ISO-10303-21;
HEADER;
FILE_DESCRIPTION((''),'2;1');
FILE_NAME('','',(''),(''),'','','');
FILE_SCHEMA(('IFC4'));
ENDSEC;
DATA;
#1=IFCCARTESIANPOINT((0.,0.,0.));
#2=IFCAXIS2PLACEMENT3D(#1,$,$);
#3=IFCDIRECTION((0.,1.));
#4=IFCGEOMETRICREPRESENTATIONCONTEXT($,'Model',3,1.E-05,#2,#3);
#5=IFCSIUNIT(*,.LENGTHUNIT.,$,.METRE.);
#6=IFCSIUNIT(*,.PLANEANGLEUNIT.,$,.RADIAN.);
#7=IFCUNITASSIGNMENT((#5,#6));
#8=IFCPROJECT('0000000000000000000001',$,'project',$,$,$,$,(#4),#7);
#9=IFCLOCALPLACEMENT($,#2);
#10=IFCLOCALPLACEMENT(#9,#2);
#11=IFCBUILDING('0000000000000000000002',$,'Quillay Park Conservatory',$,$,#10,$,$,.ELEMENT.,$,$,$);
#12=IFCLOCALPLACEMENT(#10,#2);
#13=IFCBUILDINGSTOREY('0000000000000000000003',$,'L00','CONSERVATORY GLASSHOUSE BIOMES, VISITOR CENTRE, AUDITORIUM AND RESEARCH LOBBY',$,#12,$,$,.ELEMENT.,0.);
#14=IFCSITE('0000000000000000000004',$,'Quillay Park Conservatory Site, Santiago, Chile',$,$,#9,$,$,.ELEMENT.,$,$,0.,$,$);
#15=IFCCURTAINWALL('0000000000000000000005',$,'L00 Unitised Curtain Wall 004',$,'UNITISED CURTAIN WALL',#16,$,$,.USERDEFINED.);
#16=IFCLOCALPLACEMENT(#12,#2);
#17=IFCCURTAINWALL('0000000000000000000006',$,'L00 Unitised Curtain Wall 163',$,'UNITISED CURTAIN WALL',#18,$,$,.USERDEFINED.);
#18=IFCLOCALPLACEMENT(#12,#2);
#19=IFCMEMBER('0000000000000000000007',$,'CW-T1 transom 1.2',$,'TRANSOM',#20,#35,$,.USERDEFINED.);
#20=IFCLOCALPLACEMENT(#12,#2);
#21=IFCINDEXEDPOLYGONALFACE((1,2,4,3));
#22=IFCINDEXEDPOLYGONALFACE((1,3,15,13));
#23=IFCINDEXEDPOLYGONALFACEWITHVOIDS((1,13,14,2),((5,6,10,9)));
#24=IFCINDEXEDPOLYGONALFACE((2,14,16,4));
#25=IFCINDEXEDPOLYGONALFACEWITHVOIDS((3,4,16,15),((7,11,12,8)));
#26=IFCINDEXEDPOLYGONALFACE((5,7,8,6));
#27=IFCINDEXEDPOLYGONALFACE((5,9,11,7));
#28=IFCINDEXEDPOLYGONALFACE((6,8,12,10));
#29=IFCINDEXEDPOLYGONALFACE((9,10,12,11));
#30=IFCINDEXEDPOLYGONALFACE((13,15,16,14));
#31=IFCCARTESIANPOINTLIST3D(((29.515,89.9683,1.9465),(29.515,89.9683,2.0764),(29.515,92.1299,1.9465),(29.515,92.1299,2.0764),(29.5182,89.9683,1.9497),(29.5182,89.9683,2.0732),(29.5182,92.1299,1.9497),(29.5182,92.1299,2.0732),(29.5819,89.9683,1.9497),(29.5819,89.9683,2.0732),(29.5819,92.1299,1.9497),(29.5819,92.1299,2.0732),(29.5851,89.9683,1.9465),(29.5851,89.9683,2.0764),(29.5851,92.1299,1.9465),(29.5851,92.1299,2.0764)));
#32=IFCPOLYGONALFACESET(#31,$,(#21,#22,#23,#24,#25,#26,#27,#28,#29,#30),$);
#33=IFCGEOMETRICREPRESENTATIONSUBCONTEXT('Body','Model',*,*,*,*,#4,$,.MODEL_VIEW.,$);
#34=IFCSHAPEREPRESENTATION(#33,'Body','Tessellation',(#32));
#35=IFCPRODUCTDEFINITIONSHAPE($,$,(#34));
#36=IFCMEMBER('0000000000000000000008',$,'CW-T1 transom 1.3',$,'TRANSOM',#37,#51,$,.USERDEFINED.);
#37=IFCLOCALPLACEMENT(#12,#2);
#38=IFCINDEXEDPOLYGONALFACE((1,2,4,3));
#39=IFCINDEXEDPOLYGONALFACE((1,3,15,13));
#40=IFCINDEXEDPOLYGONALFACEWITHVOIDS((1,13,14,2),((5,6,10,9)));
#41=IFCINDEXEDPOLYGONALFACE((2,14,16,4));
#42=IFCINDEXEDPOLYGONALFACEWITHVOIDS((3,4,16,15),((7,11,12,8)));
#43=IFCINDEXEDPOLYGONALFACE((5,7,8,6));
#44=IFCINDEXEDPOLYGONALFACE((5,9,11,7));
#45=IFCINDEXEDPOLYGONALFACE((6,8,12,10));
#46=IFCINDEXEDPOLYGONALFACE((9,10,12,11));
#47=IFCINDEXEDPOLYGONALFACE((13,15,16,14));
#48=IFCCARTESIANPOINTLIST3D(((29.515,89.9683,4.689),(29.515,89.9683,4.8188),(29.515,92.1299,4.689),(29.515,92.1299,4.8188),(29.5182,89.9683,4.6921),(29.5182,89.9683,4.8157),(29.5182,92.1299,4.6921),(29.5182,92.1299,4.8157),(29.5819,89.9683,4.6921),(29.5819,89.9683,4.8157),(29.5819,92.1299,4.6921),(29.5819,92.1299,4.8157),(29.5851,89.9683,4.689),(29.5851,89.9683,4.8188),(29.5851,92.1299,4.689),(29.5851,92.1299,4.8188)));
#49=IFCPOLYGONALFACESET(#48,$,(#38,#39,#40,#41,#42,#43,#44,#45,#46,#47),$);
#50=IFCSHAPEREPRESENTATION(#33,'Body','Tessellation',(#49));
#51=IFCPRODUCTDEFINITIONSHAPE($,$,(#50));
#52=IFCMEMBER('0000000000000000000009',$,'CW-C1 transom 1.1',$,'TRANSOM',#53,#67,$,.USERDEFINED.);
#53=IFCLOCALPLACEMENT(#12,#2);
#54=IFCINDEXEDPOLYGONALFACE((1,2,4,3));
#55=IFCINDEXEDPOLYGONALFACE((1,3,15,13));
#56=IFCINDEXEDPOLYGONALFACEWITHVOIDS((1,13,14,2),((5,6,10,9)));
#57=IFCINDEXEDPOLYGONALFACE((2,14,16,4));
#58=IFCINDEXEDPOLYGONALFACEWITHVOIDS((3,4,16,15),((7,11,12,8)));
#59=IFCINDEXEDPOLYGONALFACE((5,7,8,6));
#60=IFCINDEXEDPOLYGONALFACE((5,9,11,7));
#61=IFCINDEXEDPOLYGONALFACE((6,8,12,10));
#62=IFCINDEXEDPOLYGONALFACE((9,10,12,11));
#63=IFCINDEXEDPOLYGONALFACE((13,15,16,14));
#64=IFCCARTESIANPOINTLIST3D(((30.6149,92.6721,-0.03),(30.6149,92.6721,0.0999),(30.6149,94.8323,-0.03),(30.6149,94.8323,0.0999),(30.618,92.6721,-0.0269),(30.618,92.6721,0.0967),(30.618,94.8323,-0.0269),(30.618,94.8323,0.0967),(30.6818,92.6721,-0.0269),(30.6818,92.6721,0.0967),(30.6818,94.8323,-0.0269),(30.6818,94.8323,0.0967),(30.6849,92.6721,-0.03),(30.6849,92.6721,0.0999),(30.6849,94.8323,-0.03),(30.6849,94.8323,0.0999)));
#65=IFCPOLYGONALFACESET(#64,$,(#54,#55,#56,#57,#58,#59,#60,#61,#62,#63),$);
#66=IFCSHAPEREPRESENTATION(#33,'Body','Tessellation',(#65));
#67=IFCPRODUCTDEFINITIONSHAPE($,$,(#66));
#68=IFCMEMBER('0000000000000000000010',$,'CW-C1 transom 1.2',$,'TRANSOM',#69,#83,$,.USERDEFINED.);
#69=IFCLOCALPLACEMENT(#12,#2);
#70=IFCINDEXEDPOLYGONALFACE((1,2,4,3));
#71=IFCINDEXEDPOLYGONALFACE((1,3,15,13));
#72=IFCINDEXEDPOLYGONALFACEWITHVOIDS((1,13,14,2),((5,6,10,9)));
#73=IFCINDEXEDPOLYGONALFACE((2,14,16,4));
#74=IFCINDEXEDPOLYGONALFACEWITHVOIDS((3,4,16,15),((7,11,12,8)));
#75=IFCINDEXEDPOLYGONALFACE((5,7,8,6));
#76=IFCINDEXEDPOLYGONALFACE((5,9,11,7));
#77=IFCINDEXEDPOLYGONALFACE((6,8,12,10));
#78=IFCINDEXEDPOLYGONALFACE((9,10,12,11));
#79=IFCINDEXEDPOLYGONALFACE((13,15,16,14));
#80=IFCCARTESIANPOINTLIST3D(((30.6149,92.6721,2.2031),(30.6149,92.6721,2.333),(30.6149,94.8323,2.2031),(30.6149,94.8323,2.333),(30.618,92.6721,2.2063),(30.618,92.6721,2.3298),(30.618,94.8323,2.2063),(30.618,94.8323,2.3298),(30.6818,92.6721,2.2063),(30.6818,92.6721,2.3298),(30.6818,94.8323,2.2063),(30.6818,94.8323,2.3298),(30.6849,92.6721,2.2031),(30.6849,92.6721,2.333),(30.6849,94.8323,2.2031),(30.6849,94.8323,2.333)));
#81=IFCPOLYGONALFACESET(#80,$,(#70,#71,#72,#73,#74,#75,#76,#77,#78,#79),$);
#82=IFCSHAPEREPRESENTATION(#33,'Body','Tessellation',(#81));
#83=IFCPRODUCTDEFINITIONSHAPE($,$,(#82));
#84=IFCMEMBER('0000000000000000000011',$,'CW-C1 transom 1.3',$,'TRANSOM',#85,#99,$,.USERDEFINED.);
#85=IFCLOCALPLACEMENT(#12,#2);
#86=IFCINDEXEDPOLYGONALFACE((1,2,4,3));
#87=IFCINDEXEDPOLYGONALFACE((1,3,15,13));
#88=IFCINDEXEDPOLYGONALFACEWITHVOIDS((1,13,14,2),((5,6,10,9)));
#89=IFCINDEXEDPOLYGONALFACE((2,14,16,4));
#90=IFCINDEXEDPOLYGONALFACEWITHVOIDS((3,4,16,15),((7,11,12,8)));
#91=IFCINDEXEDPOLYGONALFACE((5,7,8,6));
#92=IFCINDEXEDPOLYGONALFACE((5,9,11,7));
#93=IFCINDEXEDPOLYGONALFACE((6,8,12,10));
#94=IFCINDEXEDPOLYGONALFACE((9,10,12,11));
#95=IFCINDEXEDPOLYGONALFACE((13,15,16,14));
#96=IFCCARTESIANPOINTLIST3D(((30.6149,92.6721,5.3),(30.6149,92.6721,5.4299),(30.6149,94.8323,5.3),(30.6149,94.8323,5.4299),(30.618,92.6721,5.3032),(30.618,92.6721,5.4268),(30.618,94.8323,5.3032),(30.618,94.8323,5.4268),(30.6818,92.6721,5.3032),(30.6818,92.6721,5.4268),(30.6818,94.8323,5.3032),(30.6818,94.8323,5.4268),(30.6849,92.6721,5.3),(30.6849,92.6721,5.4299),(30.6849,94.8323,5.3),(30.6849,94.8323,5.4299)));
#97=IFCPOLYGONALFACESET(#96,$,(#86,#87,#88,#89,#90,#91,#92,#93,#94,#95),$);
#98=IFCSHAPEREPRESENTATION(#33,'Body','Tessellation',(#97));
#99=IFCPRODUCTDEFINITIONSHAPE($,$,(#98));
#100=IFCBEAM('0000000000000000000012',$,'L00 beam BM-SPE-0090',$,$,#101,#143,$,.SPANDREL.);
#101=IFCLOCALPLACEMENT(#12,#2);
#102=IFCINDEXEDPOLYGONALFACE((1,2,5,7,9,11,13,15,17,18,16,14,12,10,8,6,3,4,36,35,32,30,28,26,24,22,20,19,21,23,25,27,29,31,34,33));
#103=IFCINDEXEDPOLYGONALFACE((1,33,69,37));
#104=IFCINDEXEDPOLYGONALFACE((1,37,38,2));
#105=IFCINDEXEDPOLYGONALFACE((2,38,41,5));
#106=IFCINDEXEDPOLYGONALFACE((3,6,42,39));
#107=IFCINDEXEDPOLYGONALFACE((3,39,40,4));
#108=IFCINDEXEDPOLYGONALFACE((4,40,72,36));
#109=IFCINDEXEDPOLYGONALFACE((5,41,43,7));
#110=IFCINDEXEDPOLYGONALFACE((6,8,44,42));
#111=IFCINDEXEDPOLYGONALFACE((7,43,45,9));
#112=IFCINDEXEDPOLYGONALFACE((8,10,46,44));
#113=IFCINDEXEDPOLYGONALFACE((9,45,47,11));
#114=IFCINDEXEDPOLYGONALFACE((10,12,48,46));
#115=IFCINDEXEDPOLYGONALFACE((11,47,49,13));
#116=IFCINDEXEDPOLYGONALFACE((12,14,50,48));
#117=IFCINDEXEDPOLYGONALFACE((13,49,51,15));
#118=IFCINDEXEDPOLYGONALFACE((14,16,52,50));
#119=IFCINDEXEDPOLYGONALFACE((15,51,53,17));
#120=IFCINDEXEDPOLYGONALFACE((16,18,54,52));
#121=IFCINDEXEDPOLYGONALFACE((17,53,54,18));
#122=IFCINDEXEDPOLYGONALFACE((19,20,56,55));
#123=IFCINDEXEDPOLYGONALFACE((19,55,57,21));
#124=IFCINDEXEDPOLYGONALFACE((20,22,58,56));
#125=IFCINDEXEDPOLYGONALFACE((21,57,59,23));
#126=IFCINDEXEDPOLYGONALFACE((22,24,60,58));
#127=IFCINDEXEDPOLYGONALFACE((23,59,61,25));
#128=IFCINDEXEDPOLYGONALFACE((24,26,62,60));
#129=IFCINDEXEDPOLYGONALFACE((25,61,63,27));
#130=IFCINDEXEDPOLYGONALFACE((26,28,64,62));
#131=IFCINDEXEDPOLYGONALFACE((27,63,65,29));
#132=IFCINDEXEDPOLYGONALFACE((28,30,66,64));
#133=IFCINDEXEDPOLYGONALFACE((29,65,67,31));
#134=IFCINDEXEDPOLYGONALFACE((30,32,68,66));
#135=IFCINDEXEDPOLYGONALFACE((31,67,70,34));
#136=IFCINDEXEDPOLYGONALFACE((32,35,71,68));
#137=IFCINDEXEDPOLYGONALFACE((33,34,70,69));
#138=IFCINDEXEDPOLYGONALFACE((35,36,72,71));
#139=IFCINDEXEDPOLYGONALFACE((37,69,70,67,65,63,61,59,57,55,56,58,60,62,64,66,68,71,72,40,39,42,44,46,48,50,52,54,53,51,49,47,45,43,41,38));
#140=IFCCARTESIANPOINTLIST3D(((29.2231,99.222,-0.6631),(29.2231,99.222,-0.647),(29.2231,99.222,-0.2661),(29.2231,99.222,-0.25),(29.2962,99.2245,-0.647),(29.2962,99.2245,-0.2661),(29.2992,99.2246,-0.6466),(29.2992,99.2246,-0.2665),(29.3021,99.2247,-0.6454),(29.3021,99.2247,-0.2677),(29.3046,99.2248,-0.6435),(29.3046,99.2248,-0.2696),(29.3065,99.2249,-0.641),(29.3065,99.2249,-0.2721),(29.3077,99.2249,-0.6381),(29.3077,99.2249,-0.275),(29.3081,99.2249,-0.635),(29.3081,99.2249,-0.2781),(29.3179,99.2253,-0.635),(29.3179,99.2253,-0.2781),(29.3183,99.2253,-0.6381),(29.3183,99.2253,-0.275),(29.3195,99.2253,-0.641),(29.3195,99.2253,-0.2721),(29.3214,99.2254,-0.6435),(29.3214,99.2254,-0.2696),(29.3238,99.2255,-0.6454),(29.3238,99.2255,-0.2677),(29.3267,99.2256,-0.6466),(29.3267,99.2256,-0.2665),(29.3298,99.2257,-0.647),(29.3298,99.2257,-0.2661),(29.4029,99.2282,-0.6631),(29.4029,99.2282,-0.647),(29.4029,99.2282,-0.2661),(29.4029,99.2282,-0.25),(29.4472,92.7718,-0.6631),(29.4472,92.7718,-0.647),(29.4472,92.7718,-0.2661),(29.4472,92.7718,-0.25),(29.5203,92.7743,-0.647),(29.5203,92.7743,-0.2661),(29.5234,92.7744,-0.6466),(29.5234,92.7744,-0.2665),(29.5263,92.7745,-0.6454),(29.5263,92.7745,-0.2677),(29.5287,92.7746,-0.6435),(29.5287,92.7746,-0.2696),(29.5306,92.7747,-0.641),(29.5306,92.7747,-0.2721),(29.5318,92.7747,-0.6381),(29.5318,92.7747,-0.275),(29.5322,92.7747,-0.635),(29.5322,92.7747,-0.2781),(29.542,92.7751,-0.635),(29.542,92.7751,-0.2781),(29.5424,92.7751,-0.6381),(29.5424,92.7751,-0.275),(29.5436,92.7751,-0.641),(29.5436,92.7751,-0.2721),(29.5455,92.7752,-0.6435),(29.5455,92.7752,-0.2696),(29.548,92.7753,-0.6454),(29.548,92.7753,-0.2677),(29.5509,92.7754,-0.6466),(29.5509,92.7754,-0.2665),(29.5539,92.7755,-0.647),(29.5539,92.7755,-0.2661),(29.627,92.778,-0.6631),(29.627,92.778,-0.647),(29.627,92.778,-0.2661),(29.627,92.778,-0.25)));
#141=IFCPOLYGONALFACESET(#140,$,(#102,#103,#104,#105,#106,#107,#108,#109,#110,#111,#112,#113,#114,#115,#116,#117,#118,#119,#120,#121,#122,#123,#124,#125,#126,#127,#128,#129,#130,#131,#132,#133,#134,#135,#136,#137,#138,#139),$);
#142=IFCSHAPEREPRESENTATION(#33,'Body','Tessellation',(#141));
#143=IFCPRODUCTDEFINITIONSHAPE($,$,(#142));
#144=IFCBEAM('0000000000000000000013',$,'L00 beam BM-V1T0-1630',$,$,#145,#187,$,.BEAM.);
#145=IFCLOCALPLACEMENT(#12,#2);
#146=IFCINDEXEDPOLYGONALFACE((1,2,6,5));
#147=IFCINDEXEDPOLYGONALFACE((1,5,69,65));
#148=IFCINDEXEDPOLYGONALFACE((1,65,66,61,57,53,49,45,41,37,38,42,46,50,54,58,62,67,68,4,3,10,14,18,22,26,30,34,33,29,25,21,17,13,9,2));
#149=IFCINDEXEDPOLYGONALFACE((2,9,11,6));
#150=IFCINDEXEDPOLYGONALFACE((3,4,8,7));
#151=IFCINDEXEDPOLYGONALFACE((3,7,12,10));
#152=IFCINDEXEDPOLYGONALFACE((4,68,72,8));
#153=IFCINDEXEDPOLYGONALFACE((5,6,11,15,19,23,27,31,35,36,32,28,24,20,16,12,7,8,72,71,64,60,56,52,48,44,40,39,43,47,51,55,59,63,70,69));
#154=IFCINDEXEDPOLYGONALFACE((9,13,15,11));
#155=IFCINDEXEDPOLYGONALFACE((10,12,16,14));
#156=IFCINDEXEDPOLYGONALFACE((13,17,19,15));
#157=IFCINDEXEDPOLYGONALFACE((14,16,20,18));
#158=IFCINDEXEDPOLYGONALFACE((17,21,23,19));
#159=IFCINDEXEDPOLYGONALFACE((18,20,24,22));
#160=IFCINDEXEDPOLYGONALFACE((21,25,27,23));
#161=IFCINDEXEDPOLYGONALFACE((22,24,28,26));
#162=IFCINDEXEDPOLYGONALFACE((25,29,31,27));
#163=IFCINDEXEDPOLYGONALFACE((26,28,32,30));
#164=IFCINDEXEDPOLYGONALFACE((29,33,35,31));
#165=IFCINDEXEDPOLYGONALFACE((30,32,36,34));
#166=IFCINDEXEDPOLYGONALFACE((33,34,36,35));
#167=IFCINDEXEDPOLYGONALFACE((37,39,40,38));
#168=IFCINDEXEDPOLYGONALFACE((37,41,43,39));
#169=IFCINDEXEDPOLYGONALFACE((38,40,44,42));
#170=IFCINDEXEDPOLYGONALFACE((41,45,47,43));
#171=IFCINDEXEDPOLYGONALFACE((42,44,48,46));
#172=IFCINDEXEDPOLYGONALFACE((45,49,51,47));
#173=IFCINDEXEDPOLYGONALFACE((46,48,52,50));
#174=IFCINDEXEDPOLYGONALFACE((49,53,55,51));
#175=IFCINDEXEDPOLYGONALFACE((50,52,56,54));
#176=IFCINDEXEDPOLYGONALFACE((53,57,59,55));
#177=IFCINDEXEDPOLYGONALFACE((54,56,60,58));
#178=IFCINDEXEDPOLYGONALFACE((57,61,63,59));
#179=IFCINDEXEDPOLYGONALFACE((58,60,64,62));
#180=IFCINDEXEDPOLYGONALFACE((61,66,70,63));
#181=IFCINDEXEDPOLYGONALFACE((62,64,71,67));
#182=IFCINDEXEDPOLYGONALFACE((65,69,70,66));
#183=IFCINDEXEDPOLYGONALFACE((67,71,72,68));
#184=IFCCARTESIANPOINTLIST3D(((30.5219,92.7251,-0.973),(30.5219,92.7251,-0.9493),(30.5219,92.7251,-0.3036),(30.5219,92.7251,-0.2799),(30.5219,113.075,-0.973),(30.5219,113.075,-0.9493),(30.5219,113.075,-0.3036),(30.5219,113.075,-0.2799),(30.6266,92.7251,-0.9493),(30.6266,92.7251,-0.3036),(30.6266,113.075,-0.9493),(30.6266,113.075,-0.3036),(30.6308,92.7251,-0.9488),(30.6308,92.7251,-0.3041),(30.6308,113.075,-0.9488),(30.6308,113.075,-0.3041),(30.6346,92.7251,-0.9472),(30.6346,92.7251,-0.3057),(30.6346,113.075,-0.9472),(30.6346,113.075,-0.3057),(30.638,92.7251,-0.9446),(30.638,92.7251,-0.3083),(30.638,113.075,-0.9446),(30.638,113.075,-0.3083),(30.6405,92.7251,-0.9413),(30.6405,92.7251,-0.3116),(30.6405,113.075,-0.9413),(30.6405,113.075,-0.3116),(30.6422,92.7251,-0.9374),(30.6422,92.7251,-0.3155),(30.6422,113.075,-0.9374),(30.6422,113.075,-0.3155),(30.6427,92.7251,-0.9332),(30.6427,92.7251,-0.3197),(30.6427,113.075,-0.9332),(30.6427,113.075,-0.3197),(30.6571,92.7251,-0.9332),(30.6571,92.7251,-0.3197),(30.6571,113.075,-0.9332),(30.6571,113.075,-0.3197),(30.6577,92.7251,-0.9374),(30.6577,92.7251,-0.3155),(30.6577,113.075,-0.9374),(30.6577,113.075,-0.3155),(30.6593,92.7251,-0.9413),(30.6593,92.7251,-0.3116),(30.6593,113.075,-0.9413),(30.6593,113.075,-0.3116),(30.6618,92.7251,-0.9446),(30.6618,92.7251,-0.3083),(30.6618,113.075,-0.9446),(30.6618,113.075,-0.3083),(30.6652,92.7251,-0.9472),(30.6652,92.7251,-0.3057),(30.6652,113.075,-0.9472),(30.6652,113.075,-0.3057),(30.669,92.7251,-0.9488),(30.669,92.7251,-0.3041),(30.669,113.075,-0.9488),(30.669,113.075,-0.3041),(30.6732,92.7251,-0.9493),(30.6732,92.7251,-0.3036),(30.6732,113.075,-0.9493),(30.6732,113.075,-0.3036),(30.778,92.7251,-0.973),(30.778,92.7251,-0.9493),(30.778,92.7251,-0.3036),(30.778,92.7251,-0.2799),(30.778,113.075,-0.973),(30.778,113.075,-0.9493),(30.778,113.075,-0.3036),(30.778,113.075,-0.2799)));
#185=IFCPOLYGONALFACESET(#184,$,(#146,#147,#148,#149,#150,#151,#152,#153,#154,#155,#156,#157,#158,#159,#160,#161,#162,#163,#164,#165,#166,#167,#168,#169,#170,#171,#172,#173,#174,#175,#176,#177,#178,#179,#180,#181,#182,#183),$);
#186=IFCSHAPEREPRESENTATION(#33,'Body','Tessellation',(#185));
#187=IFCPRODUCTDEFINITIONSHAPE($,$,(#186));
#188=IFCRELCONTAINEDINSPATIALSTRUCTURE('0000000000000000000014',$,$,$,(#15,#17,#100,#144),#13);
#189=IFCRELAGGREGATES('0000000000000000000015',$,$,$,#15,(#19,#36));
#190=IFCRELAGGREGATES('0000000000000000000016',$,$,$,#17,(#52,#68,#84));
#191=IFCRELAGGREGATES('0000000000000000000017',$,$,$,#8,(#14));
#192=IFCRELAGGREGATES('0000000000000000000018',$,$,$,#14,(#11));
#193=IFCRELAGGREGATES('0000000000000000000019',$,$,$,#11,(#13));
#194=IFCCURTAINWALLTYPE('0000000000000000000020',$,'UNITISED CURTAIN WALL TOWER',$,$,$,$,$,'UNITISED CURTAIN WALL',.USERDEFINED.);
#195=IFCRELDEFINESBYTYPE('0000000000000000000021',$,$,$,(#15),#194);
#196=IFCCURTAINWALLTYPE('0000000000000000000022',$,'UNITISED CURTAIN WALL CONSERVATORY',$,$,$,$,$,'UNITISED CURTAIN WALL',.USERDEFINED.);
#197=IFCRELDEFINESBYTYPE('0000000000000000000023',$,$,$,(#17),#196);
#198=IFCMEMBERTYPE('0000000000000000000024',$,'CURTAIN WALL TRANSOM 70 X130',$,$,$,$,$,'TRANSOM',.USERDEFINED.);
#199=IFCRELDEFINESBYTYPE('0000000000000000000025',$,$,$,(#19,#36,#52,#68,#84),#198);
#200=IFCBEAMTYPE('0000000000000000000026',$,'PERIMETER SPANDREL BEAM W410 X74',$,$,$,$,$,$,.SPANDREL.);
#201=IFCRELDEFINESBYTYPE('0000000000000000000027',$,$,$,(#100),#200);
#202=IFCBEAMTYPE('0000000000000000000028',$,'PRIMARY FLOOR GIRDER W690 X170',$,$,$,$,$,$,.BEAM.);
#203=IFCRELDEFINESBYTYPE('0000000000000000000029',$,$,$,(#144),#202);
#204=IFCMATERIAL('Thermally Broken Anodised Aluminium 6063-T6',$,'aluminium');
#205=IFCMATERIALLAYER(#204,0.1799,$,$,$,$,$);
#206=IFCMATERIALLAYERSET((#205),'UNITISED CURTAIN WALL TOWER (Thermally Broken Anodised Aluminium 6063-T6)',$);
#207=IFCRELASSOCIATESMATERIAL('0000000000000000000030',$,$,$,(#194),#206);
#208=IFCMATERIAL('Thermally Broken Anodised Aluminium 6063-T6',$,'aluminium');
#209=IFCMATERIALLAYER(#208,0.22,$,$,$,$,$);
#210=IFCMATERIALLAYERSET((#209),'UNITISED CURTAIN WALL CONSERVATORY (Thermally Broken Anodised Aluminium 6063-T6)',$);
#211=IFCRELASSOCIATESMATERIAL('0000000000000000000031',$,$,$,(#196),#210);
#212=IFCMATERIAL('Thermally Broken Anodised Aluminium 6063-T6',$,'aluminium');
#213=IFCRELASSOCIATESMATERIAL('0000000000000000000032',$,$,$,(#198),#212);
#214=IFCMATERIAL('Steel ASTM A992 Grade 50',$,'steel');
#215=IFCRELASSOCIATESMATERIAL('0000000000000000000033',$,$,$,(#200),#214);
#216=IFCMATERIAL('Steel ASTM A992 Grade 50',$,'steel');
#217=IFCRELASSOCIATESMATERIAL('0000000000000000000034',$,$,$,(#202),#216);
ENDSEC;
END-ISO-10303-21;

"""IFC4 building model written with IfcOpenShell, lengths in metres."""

from ifc_helpers import new_model, si_unit, direction, frame, origin, origin_2d, place, context, subcontext, project, spatial, hollow_rectangle, i_section, extrude, material, layer, layer_set, material_profile, profile_set, type_object, element, aggregate, save


model = new_model("IFC4")

# Units and contexts
model_context = context("Model", 3, precision=1e-05, world=origin(), true_north=direction((0.0, 1.0)))
body_context = subcontext(model_context, "Body", "Model", "MODEL_VIEW")
ifc_project = project(units=[si_unit("LENGTHUNIT", "METRE"), si_unit("PLANEANGLEUNIT", "RADIAN")], contexts=[model_context])

# Site, building, storey
site_placement = place(None, origin())
site = spatial("IfcSite", under=ifc_project, at=site_placement, Name="Quillay Park Conservatory Site, Santiago, Chile", CompositionType="ELEMENT", RefElevation=0.0)
building_placement = place(site_placement, origin())
building = spatial("IfcBuilding", under=site, at=building_placement, Name="Quillay Park Conservatory", CompositionType="ELEMENT")
storey_placement = place(building_placement, origin())
storey = spatial("IfcBuildingStorey", under=building, at=storey_placement, Name="L00", Description="CONSERVATORY GLASSHOUSE BIOMES, VISITOR CENTRE, AUDITORIUM AND RESEARCH LOBBY", CompositionType="ELEMENT", Elevation=0.0)

# Curtain wall
ifc_material_1 = material(Name="Thermally Broken Anodised Aluminium 6063-T6", Category="aluminium")
ifc_layer_1 = layer(ifc_material_1, 0.1799)
ifc_layer_set_1 = layer_set([ifc_layer_1], Name="UNITISED CURTAIN WALL TOWER (Thermally Broken Anodised Aluminium 6063-T6)")
curtain_wall_type_1 = type_object("IfcCurtainWallType", Name="UNITISED CURTAIN WALL TOWER", ElementType="UNITISED CURTAIN WALL", PredefinedType="USERDEFINED", material=ifc_layer_set_1)
curtain_wall_1_placement = place(storey_placement, origin())
curtain_wall_1 = element("IfcCurtainWall", 1, at=curtain_wall_1_placement, inside=storey, type_object=curtain_wall_type_1, Name="L00 Unitised Curtain Wall 004", ObjectType="UNITISED CURTAIN WALL", PredefinedType="USERDEFINED")

# Curtain wall
ifc_material_2 = material(Name="Thermally Broken Anodised Aluminium 6063-T6", Category="aluminium")
ifc_layer_2 = layer(ifc_material_2, 0.22)
ifc_layer_set_2 = layer_set([ifc_layer_2], Name="UNITISED CURTAIN WALL CONSERVATORY (Thermally Broken Anodised Aluminium 6063-T6)")
curtain_wall_type_2 = type_object("IfcCurtainWallType", Name="UNITISED CURTAIN WALL CONSERVATORY", ElementType="UNITISED CURTAIN WALL", PredefinedType="USERDEFINED", material=ifc_layer_set_2)
curtain_wall_2_placement = place(storey_placement, origin())
curtain_wall_2 = element("IfcCurtainWall", 2, at=curtain_wall_2_placement, inside=storey, type_object=curtain_wall_type_2, Name="L00 Unitised Curtain Wall 163", ObjectType="UNITISED CURTAIN WALL", PredefinedType="USERDEFINED")

# Members
ifc_material_3 = material(Name="Thermally Broken Anodised Aluminium 6063-T6", Category="aluminium")
ifc_material_profile_1 = material_profile(ifc_material_3, hollow_rectangle(XDim=0.0701, YDim=0.1299, WallThickness=0.0032, at=origin_2d()), Name="AL70x130x3.2")
ifc_profile_set_1 = profile_set([ifc_material_profile_1], Name="Thermally Broken Anodised Aluminium 6063-T6")
member_type_1 = type_object("IfcMemberType", Name="CURTAIN WALL TRANSOM 70 X130", ElementType="TRANSOM", PredefinedType="USERDEFINED", material=ifc_profile_set_1)
member_1_placement = place(storey_placement, frame((29.55, 92.1299, 2.0115), z_axis=(0.0, -1.0, 0.0), x_axis=(1.0, 0.0, 0.0)))
member_1 = element("IfcMember", 3, at=member_1_placement, type_object=member_type_1, Name="CW-T1 transom 1.2", ObjectType="TRANSOM", PredefinedType="USERDEFINED", context=body_context, shape_type="SweptSolid", body=[
    extrude(hollow_rectangle(XDim=0.0701, YDim=0.1299, WallThickness=0.0032, at=origin_2d()), origin(), (0.0, 0.0, 1.0), 2.1616),
])
member_2_placement = place(storey_placement, frame((29.55, 92.1299, 4.7539), z_axis=(0.0, -1.0, 0.0), x_axis=(1.0, 0.0, 0.0)))
member_2 = element("IfcMember", 4, at=member_2_placement, type_object=member_type_1, Name="CW-T1 transom 1.3", ObjectType="TRANSOM", PredefinedType="USERDEFINED", context=body_context, shape_type="SweptSolid", body=[
    extrude(hollow_rectangle(XDim=0.0701, YDim=0.1299, WallThickness=0.0032, at=origin_2d()), origin(), (0.0, 0.0, 1.0), 2.1616),
])
member_3_placement = place(storey_placement, frame((30.6499, 92.6721, 0.0349), z_axis=(0.0, 1.0, 0.0), x_axis=(-1.0, 0.0, 0.0)))
member_3 = element("IfcMember", 5, at=member_3_placement, type_object=member_type_1, Name="CW-C1 transom 1.1", ObjectType="TRANSOM", PredefinedType="USERDEFINED", context=body_context, shape_type="SweptSolid", body=[
    extrude(hollow_rectangle(XDim=0.0701, YDim=0.1299, WallThickness=0.0032, at=origin_2d()), origin(), (0.0, 0.0, 1.0), 2.1602),
])
member_4_placement = place(storey_placement, frame((30.6499, 92.6721, 2.2681), z_axis=(0.0, 1.0, 0.0), x_axis=(-1.0, 0.0, 0.0)))
member_4 = element("IfcMember", 6, at=member_4_placement, type_object=member_type_1, Name="CW-C1 transom 1.2", ObjectType="TRANSOM", PredefinedType="USERDEFINED", context=body_context, shape_type="SweptSolid", body=[
    extrude(hollow_rectangle(XDim=0.0701, YDim=0.1299, WallThickness=0.0032, at=origin_2d()), origin(), (0.0, 0.0, 1.0), 2.1602),
])
member_5_placement = place(storey_placement, frame((30.6499, 92.6721, 5.365), z_axis=(0.0, 1.0, 0.0), x_axis=(-1.0, 0.0, 0.0)))
member_5 = element("IfcMember", 7, at=member_5_placement, type_object=member_type_1, Name="CW-C1 transom 1.3", ObjectType="TRANSOM", PredefinedType="USERDEFINED", context=body_context, shape_type="SweptSolid", body=[
    extrude(hollow_rectangle(XDim=0.0701, YDim=0.1299, WallThickness=0.0032, at=origin_2d()), origin(), (0.0, 0.0, 1.0), 2.1602),
])

# Beams
ifc_material_4 = material(Name="Steel ASTM A992 Grade 50", Category="steel")
ifc_material_profile_2 = material_profile(ifc_material_4, i_section(OverallWidth=0.1799, OverallDepth=0.4131, WebThickness=0.0098, FlangeThickness=0.0161, FilletRadius=0.012, at=origin_2d()), Name="W410x74")
ifc_profile_set_2 = profile_set([ifc_material_profile_2], Name="Steel ASTM A992 Grade 50")
beam_type_1 = type_object("IfcBeamType", Name="PERIMETER SPANDREL BEAM W410 X74", PredefinedType="SPANDREL", material=ifc_profile_set_2)
beam_1_placement = place(storey_placement, frame((29.5371, 92.7749, -0.4565), z_axis=(-0.034725, 0.999397, 0.0), x_axis=(-0.999397, -0.034725, 0.0)))
element("IfcBeam", 8, at=beam_1_placement, inside=storey, type_object=beam_type_1, Name="L00 beam BM-SPE-0090", PredefinedType="SPANDREL", context=body_context, shape_type="SweptSolid", body=[
    extrude(i_section(OverallWidth=0.1799, OverallDepth=0.4131, WebThickness=0.0098, FlangeThickness=0.0161, FilletRadius=0.012, at=origin_2d()), origin(), (0.0, 0.0, 1.0), 6.4541),
])
ifc_material_5 = material(Name="Steel ASTM A992 Grade 50", Category="steel")
ifc_material_profile_3 = material_profile(ifc_material_5, i_section(OverallWidth=0.2561, OverallDepth=0.6931, WebThickness=0.0144, FlangeThickness=0.0237, FilletRadius=0.0161, at=origin_2d()), Name="W690x170")
ifc_profile_set_3 = profile_set([ifc_material_profile_3], Name="Steel ASTM A992 Grade 50")
beam_type_2 = type_object("IfcBeamType", Name="PRIMARY FLOOR GIRDER W690 X170", PredefinedType="BEAM", material=ifc_profile_set_3)
beam_2_placement = place(storey_placement, frame((30.6499, 92.7251, -0.6265), z_axis=(0.0, 1.0, 0.0), x_axis=(-1.0, 0.0, 0.0)))
element("IfcBeam", 9, at=beam_2_placement, inside=storey, type_object=beam_type_2, Name="L00 beam BM-V1T0-1630", PredefinedType="BEAM", context=body_context, shape_type="SweptSolid", body=[
    extrude(i_section(OverallWidth=0.2561, OverallDepth=0.6931, WebThickness=0.0144, FlangeThickness=0.0237, FilletRadius=0.0161, at=origin_2d()), origin(), (0.0, 0.0, 1.0), 20.3499),
])

aggregate(curtain_wall_1, [member_1, member_2])
aggregate(curtain_wall_2, [member_3, member_4, member_5])

save(model, "model.ifc")
